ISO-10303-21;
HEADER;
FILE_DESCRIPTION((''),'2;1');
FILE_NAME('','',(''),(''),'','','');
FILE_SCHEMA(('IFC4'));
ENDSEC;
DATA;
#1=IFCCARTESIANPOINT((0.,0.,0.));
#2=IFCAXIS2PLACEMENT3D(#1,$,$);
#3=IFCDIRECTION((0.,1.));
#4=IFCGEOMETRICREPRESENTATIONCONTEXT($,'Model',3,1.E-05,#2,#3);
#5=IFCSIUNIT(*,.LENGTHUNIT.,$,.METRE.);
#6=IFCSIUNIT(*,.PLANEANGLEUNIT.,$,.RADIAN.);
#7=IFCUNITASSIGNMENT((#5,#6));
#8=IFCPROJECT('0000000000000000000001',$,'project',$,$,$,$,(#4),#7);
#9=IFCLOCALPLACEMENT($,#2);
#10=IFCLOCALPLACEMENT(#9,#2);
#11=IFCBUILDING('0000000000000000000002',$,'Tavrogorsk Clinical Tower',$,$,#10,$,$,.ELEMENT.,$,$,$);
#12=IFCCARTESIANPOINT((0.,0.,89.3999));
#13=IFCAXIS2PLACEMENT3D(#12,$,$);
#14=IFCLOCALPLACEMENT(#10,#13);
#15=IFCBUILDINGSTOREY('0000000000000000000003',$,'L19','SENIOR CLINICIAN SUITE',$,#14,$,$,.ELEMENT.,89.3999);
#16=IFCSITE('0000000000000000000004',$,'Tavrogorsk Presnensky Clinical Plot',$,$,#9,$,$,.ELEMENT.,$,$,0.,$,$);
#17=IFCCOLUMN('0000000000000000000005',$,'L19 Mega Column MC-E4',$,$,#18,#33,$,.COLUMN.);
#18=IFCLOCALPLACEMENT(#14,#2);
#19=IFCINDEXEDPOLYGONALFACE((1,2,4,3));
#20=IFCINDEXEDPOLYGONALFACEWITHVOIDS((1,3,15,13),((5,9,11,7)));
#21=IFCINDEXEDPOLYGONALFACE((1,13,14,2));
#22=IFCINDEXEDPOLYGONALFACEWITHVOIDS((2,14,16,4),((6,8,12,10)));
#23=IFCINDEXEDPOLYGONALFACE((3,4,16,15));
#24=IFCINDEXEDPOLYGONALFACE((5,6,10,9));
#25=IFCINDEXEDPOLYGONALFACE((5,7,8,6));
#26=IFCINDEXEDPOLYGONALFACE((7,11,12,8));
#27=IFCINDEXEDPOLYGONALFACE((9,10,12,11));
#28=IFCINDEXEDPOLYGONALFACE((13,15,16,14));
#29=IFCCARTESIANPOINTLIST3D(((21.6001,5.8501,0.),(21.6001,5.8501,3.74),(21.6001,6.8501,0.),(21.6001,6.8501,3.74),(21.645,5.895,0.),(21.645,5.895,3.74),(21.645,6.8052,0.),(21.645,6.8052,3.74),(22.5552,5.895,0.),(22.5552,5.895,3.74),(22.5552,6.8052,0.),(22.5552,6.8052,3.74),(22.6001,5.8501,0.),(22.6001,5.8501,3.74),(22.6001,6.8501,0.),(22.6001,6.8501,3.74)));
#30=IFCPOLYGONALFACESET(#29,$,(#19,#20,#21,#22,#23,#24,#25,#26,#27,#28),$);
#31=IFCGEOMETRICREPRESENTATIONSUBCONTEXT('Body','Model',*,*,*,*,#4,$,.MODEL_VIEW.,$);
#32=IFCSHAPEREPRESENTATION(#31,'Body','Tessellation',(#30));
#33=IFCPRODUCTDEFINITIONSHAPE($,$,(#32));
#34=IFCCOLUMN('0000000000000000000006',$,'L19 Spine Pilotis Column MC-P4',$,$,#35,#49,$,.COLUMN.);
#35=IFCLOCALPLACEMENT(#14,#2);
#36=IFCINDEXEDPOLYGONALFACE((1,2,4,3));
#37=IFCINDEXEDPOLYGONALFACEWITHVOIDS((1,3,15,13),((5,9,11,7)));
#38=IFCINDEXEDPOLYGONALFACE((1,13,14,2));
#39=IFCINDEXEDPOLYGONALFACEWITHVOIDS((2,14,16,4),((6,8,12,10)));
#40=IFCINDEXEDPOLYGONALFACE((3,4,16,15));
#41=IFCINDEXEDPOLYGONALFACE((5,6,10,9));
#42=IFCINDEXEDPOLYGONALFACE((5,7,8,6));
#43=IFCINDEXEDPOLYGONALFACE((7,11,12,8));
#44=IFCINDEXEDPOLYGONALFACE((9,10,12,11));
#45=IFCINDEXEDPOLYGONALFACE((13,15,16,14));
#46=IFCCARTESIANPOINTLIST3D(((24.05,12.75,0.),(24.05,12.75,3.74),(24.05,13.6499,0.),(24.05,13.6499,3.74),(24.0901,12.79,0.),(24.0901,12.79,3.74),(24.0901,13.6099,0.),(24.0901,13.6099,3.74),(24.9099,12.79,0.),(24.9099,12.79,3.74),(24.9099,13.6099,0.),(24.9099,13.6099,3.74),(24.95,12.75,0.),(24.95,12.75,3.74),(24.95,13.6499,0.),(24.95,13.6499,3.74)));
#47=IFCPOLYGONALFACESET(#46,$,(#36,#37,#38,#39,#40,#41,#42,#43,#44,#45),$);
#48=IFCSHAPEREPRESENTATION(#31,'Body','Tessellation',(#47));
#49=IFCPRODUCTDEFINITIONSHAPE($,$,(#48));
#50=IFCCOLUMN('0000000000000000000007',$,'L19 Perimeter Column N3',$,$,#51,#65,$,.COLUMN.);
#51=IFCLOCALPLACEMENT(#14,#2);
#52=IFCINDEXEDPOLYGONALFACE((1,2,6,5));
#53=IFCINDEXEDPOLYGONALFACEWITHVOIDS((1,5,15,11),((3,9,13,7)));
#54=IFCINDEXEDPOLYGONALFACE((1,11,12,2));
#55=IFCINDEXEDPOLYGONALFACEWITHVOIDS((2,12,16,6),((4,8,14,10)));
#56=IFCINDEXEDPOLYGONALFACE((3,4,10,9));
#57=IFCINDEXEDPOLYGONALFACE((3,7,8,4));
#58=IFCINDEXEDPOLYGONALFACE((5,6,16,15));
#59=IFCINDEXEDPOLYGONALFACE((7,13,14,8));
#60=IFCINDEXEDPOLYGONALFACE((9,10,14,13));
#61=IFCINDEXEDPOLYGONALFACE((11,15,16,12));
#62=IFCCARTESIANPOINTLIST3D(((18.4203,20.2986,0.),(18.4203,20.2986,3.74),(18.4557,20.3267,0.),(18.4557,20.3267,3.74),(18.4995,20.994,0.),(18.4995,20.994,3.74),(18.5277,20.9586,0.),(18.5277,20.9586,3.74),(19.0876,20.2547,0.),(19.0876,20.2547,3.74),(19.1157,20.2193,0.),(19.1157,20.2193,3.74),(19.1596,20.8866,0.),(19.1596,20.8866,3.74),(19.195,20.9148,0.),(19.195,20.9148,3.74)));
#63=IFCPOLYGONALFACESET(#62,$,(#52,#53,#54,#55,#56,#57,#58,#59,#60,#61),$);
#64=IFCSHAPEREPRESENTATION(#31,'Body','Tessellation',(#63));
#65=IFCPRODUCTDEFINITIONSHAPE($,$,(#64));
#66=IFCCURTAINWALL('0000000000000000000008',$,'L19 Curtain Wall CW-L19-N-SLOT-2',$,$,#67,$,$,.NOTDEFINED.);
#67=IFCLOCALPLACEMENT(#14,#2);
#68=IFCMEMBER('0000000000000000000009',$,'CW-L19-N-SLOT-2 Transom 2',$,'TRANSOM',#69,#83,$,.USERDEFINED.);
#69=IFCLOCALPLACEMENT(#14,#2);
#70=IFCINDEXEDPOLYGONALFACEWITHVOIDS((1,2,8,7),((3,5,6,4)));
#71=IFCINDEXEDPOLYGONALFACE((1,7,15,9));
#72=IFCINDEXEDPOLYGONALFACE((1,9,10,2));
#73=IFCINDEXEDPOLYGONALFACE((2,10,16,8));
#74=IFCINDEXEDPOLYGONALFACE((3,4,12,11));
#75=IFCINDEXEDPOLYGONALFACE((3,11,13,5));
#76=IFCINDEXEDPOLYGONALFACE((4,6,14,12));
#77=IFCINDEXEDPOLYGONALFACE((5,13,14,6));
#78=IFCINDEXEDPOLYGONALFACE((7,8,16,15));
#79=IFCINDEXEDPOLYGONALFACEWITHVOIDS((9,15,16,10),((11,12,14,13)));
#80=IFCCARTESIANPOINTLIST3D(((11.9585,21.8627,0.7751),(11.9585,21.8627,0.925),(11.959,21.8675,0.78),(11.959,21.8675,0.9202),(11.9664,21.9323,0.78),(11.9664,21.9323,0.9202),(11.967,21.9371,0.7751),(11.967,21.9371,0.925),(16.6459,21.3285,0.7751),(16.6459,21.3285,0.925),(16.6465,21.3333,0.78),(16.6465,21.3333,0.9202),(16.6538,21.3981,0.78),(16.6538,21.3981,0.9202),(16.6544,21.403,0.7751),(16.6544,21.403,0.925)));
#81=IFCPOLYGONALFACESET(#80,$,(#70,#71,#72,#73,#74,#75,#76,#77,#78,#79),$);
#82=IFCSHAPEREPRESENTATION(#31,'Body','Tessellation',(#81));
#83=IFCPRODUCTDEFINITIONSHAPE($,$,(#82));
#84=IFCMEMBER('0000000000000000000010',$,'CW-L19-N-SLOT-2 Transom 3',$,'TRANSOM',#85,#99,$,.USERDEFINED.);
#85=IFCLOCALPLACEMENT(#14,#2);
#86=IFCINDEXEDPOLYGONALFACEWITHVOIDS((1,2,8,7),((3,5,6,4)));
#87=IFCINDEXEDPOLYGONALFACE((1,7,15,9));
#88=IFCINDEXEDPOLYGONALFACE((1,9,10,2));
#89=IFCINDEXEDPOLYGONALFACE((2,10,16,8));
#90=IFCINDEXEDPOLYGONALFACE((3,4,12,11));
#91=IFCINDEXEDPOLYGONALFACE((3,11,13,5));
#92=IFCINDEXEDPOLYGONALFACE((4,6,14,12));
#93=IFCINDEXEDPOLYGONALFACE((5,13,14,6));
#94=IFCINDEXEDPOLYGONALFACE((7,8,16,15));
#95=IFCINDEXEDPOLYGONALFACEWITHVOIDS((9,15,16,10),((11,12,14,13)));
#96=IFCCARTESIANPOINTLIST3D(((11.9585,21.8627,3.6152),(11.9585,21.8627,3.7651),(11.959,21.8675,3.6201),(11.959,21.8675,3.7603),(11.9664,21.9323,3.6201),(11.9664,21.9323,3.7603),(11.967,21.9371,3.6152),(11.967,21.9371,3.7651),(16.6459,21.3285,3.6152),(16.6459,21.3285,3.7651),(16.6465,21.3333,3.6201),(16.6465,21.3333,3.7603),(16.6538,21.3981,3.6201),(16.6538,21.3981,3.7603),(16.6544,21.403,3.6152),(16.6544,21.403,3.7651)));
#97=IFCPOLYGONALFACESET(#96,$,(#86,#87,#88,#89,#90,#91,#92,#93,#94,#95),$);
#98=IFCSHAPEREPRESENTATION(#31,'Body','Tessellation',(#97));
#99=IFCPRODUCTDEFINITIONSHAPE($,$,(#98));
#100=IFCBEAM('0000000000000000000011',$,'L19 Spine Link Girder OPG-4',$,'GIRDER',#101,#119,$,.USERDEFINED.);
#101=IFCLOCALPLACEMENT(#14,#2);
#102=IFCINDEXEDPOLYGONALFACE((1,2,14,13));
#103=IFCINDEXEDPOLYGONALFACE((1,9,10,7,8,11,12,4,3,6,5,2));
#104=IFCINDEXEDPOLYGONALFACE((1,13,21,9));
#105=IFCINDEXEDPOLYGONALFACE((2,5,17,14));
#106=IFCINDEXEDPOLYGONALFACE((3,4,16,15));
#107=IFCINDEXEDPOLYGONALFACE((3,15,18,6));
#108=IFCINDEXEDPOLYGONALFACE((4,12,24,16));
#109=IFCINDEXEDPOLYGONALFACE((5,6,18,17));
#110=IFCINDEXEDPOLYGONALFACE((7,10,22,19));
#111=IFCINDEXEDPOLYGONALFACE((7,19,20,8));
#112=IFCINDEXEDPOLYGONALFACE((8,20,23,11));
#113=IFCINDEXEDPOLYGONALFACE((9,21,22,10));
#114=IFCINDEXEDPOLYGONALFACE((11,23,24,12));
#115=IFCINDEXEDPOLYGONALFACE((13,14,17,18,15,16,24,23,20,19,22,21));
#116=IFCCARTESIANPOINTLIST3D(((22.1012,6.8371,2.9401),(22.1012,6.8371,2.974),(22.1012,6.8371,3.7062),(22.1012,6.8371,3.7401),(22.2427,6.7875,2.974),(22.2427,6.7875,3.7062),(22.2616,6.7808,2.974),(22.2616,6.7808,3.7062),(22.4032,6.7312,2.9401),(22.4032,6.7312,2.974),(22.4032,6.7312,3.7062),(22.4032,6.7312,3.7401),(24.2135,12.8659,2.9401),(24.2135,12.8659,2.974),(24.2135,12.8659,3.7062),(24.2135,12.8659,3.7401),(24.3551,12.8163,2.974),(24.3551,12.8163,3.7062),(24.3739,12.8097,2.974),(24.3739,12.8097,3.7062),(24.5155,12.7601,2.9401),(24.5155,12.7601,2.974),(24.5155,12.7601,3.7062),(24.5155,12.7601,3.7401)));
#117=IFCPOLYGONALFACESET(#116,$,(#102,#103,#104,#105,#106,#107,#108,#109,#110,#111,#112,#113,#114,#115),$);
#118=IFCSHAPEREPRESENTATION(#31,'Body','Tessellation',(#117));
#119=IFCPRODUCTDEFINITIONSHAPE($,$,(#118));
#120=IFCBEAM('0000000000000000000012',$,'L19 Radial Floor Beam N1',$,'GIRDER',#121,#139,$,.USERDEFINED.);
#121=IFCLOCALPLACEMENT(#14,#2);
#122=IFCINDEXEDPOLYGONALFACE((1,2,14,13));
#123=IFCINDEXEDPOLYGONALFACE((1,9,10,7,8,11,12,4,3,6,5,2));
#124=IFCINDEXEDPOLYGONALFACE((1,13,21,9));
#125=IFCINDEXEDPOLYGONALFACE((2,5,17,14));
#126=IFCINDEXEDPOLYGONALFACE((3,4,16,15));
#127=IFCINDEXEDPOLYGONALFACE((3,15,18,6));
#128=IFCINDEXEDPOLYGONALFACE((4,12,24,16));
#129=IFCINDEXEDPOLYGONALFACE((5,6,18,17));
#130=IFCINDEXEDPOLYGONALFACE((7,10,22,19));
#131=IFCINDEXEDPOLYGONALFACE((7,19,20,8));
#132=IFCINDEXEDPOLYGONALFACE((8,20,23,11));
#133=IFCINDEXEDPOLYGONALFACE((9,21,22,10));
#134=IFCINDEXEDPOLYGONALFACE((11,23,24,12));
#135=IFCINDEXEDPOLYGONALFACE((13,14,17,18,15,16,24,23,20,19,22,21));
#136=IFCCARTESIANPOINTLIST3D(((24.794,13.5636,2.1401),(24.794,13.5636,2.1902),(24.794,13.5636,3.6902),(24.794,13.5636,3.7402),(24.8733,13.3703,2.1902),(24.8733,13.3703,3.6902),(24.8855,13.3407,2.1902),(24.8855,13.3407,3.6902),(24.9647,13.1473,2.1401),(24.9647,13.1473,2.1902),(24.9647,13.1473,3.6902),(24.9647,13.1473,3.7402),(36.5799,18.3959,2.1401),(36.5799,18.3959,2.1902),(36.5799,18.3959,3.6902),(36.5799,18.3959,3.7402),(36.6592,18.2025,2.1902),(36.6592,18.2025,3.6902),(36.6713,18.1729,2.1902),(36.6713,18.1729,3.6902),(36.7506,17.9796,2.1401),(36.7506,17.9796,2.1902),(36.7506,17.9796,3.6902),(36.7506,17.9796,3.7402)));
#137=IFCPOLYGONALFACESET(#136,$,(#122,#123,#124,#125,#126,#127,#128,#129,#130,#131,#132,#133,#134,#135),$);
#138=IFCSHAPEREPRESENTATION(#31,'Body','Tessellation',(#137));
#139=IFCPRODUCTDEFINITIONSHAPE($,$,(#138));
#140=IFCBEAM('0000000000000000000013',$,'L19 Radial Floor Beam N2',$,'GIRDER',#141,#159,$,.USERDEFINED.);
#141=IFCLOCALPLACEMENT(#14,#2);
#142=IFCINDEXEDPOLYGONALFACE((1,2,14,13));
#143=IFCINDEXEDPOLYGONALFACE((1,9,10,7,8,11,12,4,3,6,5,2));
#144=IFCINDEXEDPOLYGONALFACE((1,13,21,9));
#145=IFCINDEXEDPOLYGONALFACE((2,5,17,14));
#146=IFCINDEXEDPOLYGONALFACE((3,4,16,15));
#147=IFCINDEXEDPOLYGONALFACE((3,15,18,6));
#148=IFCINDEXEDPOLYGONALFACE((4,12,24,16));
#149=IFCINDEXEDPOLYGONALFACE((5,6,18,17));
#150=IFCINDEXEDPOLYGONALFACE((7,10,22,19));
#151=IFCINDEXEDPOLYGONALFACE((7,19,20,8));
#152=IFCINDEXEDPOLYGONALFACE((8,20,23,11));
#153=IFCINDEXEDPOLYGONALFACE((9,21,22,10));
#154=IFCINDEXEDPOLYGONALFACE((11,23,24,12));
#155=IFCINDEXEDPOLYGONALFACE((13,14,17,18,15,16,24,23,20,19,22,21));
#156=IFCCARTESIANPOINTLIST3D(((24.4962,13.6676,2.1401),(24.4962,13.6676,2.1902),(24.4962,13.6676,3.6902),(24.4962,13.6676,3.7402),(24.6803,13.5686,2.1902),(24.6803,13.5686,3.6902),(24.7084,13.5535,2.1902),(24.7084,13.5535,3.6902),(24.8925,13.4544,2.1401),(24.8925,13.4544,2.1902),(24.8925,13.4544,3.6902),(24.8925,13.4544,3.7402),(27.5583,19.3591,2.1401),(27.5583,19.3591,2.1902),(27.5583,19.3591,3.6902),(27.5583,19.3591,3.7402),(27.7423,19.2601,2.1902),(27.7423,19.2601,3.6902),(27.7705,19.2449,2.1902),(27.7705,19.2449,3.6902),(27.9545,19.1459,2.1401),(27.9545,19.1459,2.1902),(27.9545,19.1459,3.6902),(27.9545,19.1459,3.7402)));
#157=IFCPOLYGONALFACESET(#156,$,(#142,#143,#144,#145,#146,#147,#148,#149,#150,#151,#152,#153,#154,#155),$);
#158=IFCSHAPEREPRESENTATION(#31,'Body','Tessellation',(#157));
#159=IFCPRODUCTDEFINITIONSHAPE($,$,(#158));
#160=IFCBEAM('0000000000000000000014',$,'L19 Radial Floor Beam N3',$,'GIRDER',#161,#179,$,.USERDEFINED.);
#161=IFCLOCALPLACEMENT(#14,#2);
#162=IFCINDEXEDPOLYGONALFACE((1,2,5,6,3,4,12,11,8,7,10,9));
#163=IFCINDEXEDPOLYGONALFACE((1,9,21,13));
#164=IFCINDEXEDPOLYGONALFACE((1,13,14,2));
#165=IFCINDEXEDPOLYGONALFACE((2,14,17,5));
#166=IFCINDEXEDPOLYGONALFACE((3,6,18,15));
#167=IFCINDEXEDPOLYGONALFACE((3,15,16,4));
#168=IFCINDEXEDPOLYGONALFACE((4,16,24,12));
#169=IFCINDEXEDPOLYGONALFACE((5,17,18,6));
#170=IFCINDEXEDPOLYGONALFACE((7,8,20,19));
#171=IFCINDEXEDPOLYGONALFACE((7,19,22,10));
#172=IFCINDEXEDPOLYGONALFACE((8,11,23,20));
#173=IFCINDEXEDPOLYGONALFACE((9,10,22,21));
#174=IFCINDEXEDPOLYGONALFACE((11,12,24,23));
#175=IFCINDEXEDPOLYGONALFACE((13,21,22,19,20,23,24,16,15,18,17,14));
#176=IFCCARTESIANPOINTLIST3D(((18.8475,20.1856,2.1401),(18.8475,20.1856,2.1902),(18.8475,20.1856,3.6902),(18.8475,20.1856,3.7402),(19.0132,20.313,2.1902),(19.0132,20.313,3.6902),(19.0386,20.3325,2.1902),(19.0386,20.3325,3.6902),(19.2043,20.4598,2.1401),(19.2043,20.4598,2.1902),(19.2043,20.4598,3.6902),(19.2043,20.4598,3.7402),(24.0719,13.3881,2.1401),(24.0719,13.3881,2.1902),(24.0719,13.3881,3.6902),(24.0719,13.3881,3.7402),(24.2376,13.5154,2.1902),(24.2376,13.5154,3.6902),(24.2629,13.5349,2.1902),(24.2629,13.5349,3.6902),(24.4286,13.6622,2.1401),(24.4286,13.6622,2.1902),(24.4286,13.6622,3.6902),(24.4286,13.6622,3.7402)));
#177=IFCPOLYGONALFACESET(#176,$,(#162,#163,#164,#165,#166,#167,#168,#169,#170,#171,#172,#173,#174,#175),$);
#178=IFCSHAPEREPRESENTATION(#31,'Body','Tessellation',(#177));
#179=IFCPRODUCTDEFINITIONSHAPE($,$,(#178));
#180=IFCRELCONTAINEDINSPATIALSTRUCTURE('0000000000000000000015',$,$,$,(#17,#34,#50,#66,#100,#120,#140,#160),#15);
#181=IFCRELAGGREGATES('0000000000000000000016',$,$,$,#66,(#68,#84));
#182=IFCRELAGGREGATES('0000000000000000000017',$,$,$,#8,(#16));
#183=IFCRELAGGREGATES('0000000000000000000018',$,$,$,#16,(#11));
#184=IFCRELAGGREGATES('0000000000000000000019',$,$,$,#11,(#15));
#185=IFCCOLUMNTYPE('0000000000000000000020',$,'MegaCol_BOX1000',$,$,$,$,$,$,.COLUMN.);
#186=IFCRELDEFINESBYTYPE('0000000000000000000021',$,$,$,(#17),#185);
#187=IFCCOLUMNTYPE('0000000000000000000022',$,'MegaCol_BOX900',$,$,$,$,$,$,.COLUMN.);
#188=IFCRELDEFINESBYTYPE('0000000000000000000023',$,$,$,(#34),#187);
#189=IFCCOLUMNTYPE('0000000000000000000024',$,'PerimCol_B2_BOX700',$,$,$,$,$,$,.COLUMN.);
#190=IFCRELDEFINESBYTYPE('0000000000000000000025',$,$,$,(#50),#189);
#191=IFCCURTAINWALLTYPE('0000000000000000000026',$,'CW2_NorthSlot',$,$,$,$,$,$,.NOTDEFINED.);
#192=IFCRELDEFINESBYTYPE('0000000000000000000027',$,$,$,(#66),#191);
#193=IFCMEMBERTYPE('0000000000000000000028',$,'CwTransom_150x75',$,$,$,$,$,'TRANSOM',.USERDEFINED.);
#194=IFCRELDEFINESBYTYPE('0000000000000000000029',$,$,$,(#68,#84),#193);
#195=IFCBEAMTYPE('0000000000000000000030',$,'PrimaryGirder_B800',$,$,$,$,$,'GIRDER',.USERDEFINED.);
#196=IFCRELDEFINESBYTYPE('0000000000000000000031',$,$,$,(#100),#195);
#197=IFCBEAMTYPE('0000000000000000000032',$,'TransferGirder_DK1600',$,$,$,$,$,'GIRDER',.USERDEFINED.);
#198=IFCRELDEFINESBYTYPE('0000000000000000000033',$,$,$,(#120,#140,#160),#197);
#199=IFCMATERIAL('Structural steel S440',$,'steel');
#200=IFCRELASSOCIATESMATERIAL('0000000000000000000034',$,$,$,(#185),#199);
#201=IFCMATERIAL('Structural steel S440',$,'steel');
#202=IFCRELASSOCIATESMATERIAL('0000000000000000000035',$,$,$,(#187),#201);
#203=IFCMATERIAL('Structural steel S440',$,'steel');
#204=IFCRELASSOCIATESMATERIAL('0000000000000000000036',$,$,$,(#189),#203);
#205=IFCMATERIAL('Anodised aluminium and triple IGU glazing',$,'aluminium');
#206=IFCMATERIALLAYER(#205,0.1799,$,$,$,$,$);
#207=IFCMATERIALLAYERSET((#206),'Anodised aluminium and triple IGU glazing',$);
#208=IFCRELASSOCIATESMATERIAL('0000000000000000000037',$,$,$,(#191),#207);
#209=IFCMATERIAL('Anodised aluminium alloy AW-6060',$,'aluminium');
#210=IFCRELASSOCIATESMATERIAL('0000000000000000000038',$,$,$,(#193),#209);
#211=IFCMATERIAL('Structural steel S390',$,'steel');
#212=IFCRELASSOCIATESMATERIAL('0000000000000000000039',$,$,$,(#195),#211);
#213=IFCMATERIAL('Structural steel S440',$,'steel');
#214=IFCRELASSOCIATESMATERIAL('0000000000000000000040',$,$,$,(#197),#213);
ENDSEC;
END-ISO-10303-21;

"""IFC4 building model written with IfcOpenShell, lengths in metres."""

from ifc_helpers import new_model, si_unit, direction, frame, origin, origin_2d, place, context, subcontext, project, spatial, hollow_rectangle, i_section, extrude, material, layer, layer_set, material_profile, profile_set, type_object, element, aggregate, save


model = new_model("IFC4")

# Units and contexts
model_context = context("Model", 3, precision=1e-05, world=origin(), true_north=direction((0.0, 1.0)))
body_context = subcontext(model_context, "Body", "Model", "MODEL_VIEW")
ifc_project = project(units=[si_unit("LENGTHUNIT", "METRE"), si_unit("PLANEANGLEUNIT", "RADIAN")], contexts=[model_context])

# Site, building, storey
site_placement = place(None, origin())
site = spatial("IfcSite", under=ifc_project, at=site_placement, Name="Tavrogorsk Presnensky Clinical Plot", CompositionType="ELEMENT", RefElevation=0.0)
building_placement = place(site_placement, origin())
building = spatial("IfcBuilding", under=site, at=building_placement, Name="Tavrogorsk Clinical Tower", CompositionType="ELEMENT")
storey_placement = place(building_placement, frame((0.0, 0.0, 89.3999)))
storey = spatial("IfcBuildingStorey", under=building, at=storey_placement, Name="L19", Description="SENIOR CLINICIAN SUITE", CompositionType="ELEMENT", Elevation=89.3999)

# Columns
ifc_material_1 = material(Name="Structural steel S440", Category="steel")
ifc_material_profile_1 = material_profile(ifc_material_1, hollow_rectangle(XDim=1.0, YDim=1.0, WallThickness=0.0449, at=origin_2d()), Name="BOX-1000x1000x45")
ifc_profile_set_1 = profile_set([ifc_material_profile_1], Name="Structural steel S440")
column_type_1 = type_object("IfcColumnType", Name="MegaCol_BOX1000", PredefinedType="COLUMN", material=ifc_profile_set_1)
column_1_placement = place(storey_placement, frame((22.1001, 6.3501, 0.0), z_axis=(0.0, 0.0, 1.0), x_axis=(1.0, 0.0, 0.0)))
element("IfcColumn", 1, at=column_1_placement, inside=storey, type_object=column_type_1, Name="L19 Mega Column MC-E4", PredefinedType="COLUMN", context=body_context, shape_type="SweptSolid", body=[
    extrude(hollow_rectangle(XDim=1.0, YDim=1.0, WallThickness=0.0449, at=origin_2d()), origin(), (0.0, 0.0, 1.0), 3.74),
])
ifc_material_2 = material(Name="Structural steel S440", Category="steel")
ifc_material_profile_2 = material_profile(ifc_material_2, hollow_rectangle(XDim=0.8999, YDim=0.8999, WallThickness=0.04, at=origin_2d()), Name="BOX-900x900x40")
ifc_profile_set_2 = profile_set([ifc_material_profile_2], Name="Structural steel S440")
column_type_2 = type_object("IfcColumnType", Name="MegaCol_BOX900", PredefinedType="COLUMN", material=ifc_profile_set_2)
column_2_placement = place(storey_placement, frame((24.5, 13.2, 0.0), z_axis=(0.0, 0.0, 1.0), x_axis=(1.0, 0.0, 0.0)))
element("IfcColumn", 2, at=column_2_placement, inside=storey, type_object=column_type_2, Name="L19 Spine Pilotis Column MC-P4", PredefinedType="COLUMN", context=body_context, shape_type="SweptSolid", body=[
    extrude(hollow_rectangle(XDim=0.8999, YDim=0.8999, WallThickness=0.04, at=origin_2d()), origin(), (0.0, 0.0, 1.0), 3.74),
])
ifc_material_3 = material(Name="Structural steel S440", Category="steel")
ifc_material_profile_3 = material_profile(ifc_material_3, hollow_rectangle(XDim=0.7, YDim=0.7, WallThickness=0.032, at=origin_2d()), Name="BOX-700x700x32")
ifc_profile_set_3 = profile_set([ifc_material_profile_3], Name="Structural steel S440")
column_type_3 = type_object("IfcColumnType", Name="PerimCol_B2_BOX700", PredefinedType="COLUMN", material=ifc_profile_set_3)
column_3_placement = place(storey_placement, frame((18.8076, 20.6067, 0.0), z_axis=(0.0, 0.0, 1.0), x_axis=(0.993572, -0.113203, 0.0)))
element("IfcColumn", 3, at=column_3_placement, inside=storey, type_object=column_type_3, Name="L19 Perimeter Column N3", PredefinedType="COLUMN", context=body_context, shape_type="SweptSolid", body=[
    extrude(hollow_rectangle(XDim=0.7, YDim=0.7, WallThickness=0.032, at=origin_2d()), origin(), (0.0, 0.0, 1.0), 3.74),
])

# Curtain wall, members
ifc_material_4 = material(Name="Anodised aluminium and triple IGU glazing", Category="aluminium")
ifc_layer_1 = layer(ifc_material_4, 0.1799)
ifc_layer_set_1 = layer_set([ifc_layer_1], Name="Anodised aluminium and triple IGU glazing")
curtain_wall_type = type_object("IfcCurtainWallType", Name="CW2_NorthSlot", PredefinedType="NOTDEFINED", material=ifc_layer_set_1)
curtain_wall_placement = place(storey_placement, origin())
curtain_wall = element("IfcCurtainWall", 4, at=curtain_wall_placement, inside=storey, type_object=curtain_wall_type, Name="L19 Curtain Wall CW-L19-N-SLOT-2", PredefinedType="NOTDEFINED")
ifc_material_5 = material(Name="Anodised aluminium alloy AW-6060", Category="aluminium")
ifc_material_profile_4 = material_profile(ifc_material_5, hollow_rectangle(XDim=0.075, YDim=0.1499, WallThickness=0.0049, at=origin_2d()), Name="RHS-150x75x5")
ifc_profile_set_4 = profile_set([ifc_material_profile_4], Name="Anodised aluminium alloy AW-6060")
member_type = type_object("IfcMemberType", Name="CwTransom_150x75", ElementType="TRANSOM", PredefinedType="USERDEFINED", material=ifc_profile_set_4)
member_1_placement = place(storey_placement, frame((16.6501, 21.3657, 0.8501), z_axis=(-0.993569, 0.113226, 0.0), x_axis=(-0.113226, -0.993569, 0.0)))
member_1 = element("IfcMember", 5, at=member_1_placement, type_object=member_type, Name="CW-L19-N-SLOT-2 Transom 2", ObjectType="TRANSOM", PredefinedType="USERDEFINED", context=body_context, shape_type="SweptSolid", body=[
    extrude(hollow_rectangle(XDim=0.075, YDim=0.1499, WallThickness=0.0049, at=origin_2d()), origin(), (0.0, 0.0, 1.0), 4.7178),
])
member_2_placement = place(storey_placement, frame((16.6501, 21.3657, 3.6902), z_axis=(-0.993569, 0.113226, 0.0), x_axis=(-0.113226, -0.993569, 0.0)))
member_2 = element("IfcMember", 6, at=member_2_placement, type_object=member_type, Name="CW-L19-N-SLOT-2 Transom 3", ObjectType="TRANSOM", PredefinedType="USERDEFINED", context=body_context, shape_type="SweptSolid", body=[
    extrude(hollow_rectangle(XDim=0.075, YDim=0.1499, WallThickness=0.0049, at=origin_2d()), origin(), (0.0, 0.0, 1.0), 4.7178),
])
aggregate(curtain_wall, [member_1, member_2])

# Beams
ifc_material_6 = material(Name="Structural steel S390", Category="steel")
ifc_material_profile_5 = material_profile(ifc_material_6, i_section(OverallWidth=0.3201, OverallDepth=0.8, WebThickness=0.02, FlangeThickness=0.0339, at=origin_2d()), Name="B-800x320x20x34")
ifc_profile_set_5 = profile_set([ifc_material_profile_5], Name="Structural steel S390")
beam_type_1 = type_object("IfcBeamType", Name="PrimaryGirder_B800", ElementType="GIRDER", PredefinedType="USERDEFINED", material=ifc_profile_set_5)
beam_1_placement = place(storey_placement, frame((24.3645, 12.813, 3.3401), z_axis=(-0.33066, -0.94375, 0.0), x_axis=(0.94375, -0.33066, 0.0)))
element("IfcBeam", 7, at=beam_1_placement, inside=storey, type_object=beam_type_1, Name="L19 Spine Link Girder OPG-4", ObjectType="GIRDER", PredefinedType="USERDEFINED", context=body_context, shape_type="SweptSolid", body=[
    extrude(i_section(OverallWidth=0.3201, OverallDepth=0.8, WebThickness=0.02, FlangeThickness=0.0339, at=origin_2d()), origin(), (0.0, 0.0, 1.0), 6.3882),
])
ifc_material_7 = material(Name="Structural steel S440", Category="steel")
ifc_material_profile_6 = material_profile(ifc_material_7, i_section(OverallWidth=0.45, OverallDepth=1.6001, WebThickness=0.032, FlangeThickness=0.05, at=origin_2d()), Name="DK-1600x450x32x50")
ifc_profile_set_6 = profile_set([ifc_material_profile_6], Name="Structural steel S440")
beam_type_2 = type_object("IfcBeamType", Name="TransferGirder_DK1600", ElementType="GIRDER", PredefinedType="USERDEFINED", material=ifc_profile_set_6)
beam_2_placement = place(storey_placement, frame((24.8794, 13.3555, 2.9402), z_axis=(0.92525, 0.379357, 0.0), x_axis=(-0.379357, 0.92525, 0.0)))
element("IfcBeam", 8, at=beam_2_placement, inside=storey, type_object=beam_type_2, Name="L19 Radial Floor Beam N1", ObjectType="GIRDER", PredefinedType="USERDEFINED", context=body_context, shape_type="SweptSolid", body=[
    extrude(i_section(OverallWidth=0.45, OverallDepth=1.6001, WebThickness=0.032, FlangeThickness=0.05, at=origin_2d()), origin(), (0.0, 0.0, 1.0), 12.738),
])
beam_3_placement = place(storey_placement, frame((24.6943, 13.561, 2.9402), z_axis=(0.473789, 0.880638, 0.0), x_axis=(-0.880638, 0.473789, 0.0)))
element("IfcBeam", 9, at=beam_3_placement, inside=storey, type_object=beam_type_2, Name="L19 Radial Floor Beam N2", ObjectType="GIRDER", PredefinedType="USERDEFINED", context=body_context, shape_type="SweptSolid", body=[
    extrude(i_section(OverallWidth=0.45, OverallDepth=1.6001, WebThickness=0.032, FlangeThickness=0.05, at=origin_2d()), origin(), (0.0, 0.0, 1.0), 6.4629),
])
beam_4_placement = place(storey_placement, frame((24.2502, 13.5251, 2.9402), z_axis=(-0.609376, 0.792881, 0.0), x_axis=(-0.792881, -0.609376, 0.0)))
element("IfcBeam", 10, at=beam_4_placement, inside=storey, type_object=beam_type_2, Name="L19 Radial Floor Beam N3", ObjectType="GIRDER", PredefinedType="USERDEFINED", context=body_context, shape_type="SweptSolid", body=[
    extrude(i_section(OverallWidth=0.45, OverallDepth=1.6001, WebThickness=0.032, FlangeThickness=0.05, at=origin_2d()), origin(), (0.0, 0.0, 1.0), 8.5732),
])

save(model, "model.ifc")
